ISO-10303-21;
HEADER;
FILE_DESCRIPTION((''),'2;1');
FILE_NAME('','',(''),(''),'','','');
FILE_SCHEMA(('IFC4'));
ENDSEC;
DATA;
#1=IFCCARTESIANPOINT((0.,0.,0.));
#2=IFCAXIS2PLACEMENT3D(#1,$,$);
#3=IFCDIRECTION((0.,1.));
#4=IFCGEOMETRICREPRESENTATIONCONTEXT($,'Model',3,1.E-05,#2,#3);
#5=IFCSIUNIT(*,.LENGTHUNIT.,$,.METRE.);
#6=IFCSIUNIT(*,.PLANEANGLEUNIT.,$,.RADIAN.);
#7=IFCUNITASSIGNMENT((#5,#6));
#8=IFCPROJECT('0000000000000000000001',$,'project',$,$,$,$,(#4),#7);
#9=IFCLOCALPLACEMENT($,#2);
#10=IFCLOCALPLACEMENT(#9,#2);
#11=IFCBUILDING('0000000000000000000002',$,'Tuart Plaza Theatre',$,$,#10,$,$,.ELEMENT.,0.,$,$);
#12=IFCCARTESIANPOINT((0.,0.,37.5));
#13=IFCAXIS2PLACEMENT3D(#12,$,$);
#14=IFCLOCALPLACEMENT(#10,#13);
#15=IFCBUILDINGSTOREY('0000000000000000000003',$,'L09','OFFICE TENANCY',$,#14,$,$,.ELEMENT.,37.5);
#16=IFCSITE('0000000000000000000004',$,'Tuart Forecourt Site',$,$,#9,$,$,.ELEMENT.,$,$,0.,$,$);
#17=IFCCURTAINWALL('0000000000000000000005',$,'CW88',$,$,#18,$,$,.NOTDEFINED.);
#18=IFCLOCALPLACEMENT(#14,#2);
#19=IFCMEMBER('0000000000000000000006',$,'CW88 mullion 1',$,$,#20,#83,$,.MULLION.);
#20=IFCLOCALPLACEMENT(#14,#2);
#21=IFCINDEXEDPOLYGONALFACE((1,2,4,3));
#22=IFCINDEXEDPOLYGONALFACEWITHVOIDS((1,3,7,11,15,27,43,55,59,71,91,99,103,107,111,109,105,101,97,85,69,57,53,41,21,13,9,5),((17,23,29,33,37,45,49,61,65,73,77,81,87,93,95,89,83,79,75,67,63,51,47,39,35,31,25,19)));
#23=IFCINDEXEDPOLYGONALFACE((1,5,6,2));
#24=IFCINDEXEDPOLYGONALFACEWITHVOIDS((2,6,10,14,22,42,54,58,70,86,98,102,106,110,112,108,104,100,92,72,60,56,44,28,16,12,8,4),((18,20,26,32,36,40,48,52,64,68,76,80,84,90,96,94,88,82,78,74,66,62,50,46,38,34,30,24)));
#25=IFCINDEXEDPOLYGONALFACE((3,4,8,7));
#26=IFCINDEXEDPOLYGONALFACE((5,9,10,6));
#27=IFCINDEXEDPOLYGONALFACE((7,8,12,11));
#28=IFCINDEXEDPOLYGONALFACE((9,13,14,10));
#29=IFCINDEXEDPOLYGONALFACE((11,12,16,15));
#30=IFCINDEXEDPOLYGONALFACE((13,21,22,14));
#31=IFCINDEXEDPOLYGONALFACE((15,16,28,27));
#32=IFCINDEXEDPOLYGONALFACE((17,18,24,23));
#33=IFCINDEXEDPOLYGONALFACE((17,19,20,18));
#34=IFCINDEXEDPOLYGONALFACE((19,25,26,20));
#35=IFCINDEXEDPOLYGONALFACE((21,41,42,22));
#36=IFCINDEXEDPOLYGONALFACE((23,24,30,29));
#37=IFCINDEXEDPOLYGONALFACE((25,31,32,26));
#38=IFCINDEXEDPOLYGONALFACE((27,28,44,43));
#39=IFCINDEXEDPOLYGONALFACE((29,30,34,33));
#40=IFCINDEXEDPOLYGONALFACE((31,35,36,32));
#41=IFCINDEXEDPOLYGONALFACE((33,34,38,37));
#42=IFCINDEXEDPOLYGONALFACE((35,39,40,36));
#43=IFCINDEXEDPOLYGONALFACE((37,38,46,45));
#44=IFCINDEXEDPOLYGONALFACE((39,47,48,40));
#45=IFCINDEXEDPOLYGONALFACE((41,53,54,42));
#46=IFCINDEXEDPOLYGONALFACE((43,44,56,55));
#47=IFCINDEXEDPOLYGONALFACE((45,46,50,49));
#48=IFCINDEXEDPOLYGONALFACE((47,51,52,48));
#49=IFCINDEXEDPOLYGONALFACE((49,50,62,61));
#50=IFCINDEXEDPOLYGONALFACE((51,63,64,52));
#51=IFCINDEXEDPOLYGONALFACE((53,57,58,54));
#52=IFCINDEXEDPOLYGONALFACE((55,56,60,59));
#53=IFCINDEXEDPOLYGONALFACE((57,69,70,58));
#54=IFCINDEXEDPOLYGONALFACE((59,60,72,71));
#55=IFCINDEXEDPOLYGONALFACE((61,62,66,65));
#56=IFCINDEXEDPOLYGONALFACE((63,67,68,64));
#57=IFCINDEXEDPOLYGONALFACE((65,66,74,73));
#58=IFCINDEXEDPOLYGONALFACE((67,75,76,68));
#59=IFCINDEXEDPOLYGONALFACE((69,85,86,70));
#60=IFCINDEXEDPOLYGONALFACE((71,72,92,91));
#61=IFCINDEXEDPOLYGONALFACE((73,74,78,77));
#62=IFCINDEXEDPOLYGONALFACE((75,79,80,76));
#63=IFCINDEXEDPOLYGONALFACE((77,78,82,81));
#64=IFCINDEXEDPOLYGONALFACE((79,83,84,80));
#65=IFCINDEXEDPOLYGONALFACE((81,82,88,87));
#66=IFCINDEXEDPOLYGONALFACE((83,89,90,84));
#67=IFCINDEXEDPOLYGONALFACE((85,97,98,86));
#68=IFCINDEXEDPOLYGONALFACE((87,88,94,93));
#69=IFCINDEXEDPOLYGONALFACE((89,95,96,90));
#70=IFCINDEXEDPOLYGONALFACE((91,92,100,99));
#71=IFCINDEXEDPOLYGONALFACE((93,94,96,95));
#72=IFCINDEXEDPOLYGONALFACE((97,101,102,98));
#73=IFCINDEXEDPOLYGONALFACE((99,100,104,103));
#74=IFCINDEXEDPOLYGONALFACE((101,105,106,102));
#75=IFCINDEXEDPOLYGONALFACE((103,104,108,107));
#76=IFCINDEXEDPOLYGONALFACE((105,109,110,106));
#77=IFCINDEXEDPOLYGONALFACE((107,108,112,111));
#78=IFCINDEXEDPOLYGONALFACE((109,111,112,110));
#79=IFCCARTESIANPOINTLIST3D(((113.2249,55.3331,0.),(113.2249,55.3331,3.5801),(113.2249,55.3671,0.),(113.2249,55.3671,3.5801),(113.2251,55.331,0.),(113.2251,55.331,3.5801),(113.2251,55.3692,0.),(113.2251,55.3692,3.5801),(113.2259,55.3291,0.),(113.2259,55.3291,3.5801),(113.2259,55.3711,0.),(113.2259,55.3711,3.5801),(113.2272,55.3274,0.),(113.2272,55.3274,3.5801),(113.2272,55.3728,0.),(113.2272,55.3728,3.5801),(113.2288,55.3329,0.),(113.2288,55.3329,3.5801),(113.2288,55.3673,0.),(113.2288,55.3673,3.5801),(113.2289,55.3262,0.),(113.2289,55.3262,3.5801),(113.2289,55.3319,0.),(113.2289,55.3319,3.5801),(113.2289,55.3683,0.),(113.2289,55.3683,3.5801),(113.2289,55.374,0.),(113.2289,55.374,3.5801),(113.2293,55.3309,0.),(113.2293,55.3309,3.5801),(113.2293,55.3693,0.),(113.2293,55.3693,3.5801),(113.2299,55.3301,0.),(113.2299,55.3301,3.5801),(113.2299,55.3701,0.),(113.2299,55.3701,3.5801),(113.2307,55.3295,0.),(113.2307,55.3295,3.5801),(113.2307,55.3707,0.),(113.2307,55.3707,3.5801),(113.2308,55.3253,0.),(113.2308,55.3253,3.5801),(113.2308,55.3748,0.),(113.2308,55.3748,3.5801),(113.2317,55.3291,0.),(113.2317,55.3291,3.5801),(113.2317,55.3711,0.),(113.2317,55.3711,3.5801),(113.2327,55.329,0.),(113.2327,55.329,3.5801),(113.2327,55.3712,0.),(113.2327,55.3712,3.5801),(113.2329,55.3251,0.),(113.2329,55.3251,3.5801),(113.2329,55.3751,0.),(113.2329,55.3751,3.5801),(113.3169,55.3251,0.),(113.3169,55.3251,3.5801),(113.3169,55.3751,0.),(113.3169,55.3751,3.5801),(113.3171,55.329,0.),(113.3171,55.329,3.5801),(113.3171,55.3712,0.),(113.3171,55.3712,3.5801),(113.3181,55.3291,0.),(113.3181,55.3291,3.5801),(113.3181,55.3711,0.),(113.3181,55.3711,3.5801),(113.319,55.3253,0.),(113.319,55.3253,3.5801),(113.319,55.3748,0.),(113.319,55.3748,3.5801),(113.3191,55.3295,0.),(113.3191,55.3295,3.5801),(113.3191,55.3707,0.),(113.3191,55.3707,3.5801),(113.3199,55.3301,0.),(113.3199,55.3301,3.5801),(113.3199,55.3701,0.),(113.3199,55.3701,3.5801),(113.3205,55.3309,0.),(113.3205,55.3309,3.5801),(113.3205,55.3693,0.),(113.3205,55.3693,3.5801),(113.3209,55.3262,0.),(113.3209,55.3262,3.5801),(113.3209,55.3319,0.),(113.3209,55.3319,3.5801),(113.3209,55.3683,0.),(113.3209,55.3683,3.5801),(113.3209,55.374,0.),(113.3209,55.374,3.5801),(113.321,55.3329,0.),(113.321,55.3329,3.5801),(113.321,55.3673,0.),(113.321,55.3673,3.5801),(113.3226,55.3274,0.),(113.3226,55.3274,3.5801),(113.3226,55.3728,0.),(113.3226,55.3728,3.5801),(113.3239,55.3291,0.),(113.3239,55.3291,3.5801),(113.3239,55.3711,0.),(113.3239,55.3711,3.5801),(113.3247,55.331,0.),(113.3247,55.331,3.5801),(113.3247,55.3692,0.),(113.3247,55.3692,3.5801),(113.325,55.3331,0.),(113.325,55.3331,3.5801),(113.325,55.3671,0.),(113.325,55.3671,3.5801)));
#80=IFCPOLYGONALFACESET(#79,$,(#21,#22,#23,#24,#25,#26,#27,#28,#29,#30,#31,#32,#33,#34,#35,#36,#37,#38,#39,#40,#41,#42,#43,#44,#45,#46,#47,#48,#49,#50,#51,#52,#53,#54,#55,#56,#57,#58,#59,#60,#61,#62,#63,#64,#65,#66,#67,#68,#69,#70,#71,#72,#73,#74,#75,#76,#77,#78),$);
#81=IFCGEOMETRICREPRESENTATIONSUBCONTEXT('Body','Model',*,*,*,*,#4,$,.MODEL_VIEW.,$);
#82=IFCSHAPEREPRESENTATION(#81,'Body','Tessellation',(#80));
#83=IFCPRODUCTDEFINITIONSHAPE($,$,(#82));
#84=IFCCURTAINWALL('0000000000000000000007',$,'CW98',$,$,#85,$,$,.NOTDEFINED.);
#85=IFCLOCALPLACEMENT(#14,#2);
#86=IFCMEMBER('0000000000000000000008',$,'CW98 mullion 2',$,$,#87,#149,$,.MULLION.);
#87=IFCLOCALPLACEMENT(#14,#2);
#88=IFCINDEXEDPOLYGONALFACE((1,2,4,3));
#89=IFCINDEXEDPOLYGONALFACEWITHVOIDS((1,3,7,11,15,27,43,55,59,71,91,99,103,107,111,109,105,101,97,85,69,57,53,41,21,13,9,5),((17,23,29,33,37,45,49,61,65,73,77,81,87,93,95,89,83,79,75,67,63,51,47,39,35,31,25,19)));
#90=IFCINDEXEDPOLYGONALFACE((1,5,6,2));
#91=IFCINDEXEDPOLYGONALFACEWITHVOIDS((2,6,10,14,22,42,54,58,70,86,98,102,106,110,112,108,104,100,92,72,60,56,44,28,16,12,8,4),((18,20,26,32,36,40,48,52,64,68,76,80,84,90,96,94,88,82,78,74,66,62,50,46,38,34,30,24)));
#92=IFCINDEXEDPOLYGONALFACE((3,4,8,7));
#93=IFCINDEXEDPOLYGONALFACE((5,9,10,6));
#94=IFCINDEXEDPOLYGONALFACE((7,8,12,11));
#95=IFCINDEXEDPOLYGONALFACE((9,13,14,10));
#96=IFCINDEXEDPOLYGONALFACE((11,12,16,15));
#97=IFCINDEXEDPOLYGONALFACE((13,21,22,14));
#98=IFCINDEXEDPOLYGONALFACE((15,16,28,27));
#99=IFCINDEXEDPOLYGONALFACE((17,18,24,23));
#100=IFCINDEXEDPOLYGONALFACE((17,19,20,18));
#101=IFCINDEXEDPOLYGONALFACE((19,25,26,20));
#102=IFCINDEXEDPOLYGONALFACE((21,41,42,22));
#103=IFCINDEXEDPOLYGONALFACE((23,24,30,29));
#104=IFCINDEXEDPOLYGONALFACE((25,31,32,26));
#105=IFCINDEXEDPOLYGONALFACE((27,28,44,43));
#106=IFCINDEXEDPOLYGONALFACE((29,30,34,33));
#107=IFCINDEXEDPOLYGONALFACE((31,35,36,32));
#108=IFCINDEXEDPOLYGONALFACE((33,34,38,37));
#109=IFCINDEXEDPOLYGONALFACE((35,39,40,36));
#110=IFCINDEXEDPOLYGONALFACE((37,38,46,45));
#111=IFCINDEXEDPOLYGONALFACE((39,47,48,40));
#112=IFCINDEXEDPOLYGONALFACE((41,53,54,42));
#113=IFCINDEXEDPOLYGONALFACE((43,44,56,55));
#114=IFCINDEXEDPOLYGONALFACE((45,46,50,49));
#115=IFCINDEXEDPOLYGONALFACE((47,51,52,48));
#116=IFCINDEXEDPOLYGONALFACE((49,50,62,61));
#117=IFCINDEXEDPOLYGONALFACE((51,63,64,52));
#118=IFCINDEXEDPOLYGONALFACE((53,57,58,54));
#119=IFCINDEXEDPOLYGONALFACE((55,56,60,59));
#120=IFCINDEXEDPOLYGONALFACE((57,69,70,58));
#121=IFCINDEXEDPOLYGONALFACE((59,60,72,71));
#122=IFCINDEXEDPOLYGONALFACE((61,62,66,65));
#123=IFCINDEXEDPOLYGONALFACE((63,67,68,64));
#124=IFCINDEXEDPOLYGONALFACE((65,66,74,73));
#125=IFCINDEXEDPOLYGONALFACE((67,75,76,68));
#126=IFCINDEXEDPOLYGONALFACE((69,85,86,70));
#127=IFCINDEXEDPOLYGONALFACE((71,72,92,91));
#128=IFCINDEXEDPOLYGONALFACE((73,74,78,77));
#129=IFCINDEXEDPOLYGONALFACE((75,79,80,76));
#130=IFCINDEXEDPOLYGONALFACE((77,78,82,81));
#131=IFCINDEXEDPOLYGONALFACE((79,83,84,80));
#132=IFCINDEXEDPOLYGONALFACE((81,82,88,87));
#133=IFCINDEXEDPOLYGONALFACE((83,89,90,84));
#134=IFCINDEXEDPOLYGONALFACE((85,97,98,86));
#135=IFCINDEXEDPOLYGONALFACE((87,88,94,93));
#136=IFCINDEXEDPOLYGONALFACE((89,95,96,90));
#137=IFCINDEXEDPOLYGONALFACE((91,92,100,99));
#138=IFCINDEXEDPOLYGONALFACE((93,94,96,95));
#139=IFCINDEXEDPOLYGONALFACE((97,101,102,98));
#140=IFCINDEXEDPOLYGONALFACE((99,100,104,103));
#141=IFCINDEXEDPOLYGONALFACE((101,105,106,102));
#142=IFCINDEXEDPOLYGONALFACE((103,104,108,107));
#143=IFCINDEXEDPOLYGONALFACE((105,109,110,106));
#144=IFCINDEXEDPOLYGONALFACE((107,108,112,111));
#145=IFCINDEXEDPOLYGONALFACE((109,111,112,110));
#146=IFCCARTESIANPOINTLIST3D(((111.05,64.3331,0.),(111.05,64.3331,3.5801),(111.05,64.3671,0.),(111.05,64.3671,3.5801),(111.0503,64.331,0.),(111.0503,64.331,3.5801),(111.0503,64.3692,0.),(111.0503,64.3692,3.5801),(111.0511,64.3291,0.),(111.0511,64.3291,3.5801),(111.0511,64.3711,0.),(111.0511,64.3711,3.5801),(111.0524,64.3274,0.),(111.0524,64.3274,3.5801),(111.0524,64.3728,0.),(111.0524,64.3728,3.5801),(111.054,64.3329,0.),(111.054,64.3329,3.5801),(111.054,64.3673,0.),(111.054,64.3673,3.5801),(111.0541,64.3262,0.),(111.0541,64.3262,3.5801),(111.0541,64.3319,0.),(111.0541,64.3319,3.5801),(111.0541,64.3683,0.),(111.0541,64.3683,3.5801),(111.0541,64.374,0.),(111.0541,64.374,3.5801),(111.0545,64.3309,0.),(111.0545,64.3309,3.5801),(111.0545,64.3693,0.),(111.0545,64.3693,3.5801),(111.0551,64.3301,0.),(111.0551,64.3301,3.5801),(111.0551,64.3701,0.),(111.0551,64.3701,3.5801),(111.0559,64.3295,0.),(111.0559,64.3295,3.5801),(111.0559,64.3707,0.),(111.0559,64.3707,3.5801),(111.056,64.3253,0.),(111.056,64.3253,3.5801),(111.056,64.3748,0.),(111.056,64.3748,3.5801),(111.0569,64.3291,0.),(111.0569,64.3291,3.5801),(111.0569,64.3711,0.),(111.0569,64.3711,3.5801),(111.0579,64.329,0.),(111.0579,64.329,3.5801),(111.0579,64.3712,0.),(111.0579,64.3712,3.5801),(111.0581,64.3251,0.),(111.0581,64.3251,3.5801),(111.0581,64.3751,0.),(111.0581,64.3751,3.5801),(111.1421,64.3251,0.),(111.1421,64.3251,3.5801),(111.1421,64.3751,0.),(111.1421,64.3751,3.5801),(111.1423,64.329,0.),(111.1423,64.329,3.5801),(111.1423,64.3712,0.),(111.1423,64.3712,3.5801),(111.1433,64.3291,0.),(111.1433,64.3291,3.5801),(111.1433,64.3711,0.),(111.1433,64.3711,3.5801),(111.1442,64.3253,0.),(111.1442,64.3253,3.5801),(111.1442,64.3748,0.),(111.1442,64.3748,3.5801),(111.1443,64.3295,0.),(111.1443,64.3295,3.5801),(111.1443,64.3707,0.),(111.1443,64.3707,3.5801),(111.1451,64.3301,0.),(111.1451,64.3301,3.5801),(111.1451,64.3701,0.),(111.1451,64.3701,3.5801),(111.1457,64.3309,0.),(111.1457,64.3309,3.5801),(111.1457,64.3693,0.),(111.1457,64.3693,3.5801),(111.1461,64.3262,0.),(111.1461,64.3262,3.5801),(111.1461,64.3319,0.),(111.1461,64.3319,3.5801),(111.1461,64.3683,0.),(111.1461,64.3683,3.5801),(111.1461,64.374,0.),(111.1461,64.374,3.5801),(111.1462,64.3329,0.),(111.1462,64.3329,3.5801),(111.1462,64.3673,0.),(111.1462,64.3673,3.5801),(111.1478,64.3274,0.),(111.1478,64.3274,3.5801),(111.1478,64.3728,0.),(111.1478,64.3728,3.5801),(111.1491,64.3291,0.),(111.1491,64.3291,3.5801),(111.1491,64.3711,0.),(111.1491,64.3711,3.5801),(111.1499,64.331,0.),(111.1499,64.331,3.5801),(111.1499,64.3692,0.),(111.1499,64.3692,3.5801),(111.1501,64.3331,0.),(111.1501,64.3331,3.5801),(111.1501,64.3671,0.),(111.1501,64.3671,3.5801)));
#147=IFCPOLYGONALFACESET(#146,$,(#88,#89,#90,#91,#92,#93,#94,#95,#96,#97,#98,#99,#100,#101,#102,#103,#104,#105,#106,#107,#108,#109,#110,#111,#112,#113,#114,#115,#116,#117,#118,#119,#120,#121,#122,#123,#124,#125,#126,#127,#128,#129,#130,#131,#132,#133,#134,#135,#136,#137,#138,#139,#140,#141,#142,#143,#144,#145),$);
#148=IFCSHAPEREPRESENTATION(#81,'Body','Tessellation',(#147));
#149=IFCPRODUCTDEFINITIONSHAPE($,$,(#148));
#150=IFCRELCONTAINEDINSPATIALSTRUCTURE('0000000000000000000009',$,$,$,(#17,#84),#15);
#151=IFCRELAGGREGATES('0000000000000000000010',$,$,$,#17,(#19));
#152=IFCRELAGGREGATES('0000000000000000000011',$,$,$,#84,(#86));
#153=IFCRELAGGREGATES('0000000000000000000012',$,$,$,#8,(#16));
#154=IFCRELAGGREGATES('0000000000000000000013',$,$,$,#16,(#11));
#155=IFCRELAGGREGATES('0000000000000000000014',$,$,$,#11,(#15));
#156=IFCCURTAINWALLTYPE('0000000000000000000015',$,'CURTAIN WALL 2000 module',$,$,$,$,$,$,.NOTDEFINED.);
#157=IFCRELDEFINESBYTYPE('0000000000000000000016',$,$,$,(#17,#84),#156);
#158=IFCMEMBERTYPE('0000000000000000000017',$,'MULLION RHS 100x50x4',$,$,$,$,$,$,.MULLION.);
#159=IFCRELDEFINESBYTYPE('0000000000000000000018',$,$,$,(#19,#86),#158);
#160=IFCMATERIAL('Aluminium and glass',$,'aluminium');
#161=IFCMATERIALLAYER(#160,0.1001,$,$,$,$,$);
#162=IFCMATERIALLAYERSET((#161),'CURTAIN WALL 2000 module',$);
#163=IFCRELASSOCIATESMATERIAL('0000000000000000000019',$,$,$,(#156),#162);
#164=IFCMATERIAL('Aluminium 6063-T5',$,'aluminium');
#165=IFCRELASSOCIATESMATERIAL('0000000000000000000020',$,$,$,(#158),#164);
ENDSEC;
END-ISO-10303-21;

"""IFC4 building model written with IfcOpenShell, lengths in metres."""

from ifc_helpers import new_model, si_unit, direction, frame, origin, origin_2d, place, context, subcontext, project, spatial, hollow_rectangle, extrude, material, layer, layer_set, material_profile, profile_set, type_object, element, aggregate, save


model = new_model("IFC4")

# Units and contexts
model_context = context("Model", 3, precision=1e-05, world=origin(), true_north=direction((0.0, 1.0)))
body_context = subcontext(model_context, "Body", "Model", "MODEL_VIEW")
ifc_project = project(units=[si_unit("LENGTHUNIT", "METRE"), si_unit("PLANEANGLEUNIT", "RADIAN")], contexts=[model_context])

# Site, building, storey
site_placement = place(None, origin())
site = spatial("IfcSite", under=ifc_project, at=site_placement, Name="Tuart Forecourt Site", CompositionType="ELEMENT", RefElevation=0.0)
building_placement = place(site_placement, origin())
building = spatial("IfcBuilding", under=site, at=building_placement, Name="Tuart Plaza Theatre", CompositionType="ELEMENT", ElevationOfRefHeight=0.0)
storey_placement = place(building_placement, frame((0.0, 0.0, 37.5)))
storey = spatial("IfcBuildingStorey", under=building, at=storey_placement, Name="L09", Description="OFFICE TENANCY", CompositionType="ELEMENT", Elevation=37.5)

# Curtain walls, members
ifc_material_1 = material(Name="Aluminium and glass", Category="aluminium")
ifc_layer_1 = layer(ifc_material_1, 0.1001)
ifc_layer_set_1 = layer_set([ifc_layer_1], Name="CURTAIN WALL 2000 module")
curtain_wall_type = type_object("IfcCurtainWallType", Name="CURTAIN WALL 2000 module", PredefinedType="NOTDEFINED", material=ifc_layer_set_1)
curtain_wall_1_placement = place(storey_placement, origin())
curtain_wall_1 = element("IfcCurtainWall", 1, at=curtain_wall_1_placement, inside=storey, type_object=curtain_wall_type, Name="CW88", PredefinedType="NOTDEFINED")
ifc_material_2 = material(Name="Aluminium 6063-T5", Category="aluminium")
ifc_material_profile_1 = material_profile(ifc_material_2, hollow_rectangle(XDim=0.05, YDim=0.1001, WallThickness=0.0039, InnerFilletRadius=0.0039, OuterFilletRadius=0.0081, at=origin_2d()), Name="RHS 100x50x4")
ifc_profile_set_1 = profile_set([ifc_material_profile_1], Name="Aluminium 6063-T5")
member_type_1 = type_object("IfcMemberType", Name="MULLION RHS 100x50x4", PredefinedType="MULLION", material=ifc_profile_set_1)
member_1_placement = place(storey_placement, frame((113.2749, 55.3501, 0.0), z_axis=(0.0, 0.0, 1.0), x_axis=(0.0, 1.0, 0.0)))
member_1 = element("IfcMember", 2, at=member_1_placement, type_object=member_type_1, Name="CW88 mullion 1", PredefinedType="MULLION", context=body_context, shape_type="SweptSolid", body=[
    extrude(hollow_rectangle(XDim=0.05, YDim=0.1001, WallThickness=0.0039, InnerFilletRadius=0.0039, OuterFilletRadius=0.0081, at=origin_2d()), origin(), (0.0, 0.0, 1.0), 3.5801),
])
curtain_wall_2_placement = place(storey_placement, origin())
curtain_wall_2 = element("IfcCurtainWall", 3, at=curtain_wall_2_placement, inside=storey, type_object=curtain_wall_type, Name="CW98", PredefinedType="NOTDEFINED")
member_2_placement = place(storey_placement, frame((111.1001, 64.3501, 0.0), z_axis=(0.0, 0.0, 1.0), x_axis=(0.0, 1.0, 0.0)))
member_2 = element("IfcMember", 4, at=member_2_placement, type_object=member_type_1, Name="CW98 mullion 2", PredefinedType="MULLION", context=body_context, shape_type="SweptSolid", body=[
    extrude(hollow_rectangle(XDim=0.05, YDim=0.1001, WallThickness=0.0039, InnerFilletRadius=0.0039, OuterFilletRadius=0.0081, at=origin_2d()), origin(), (0.0, 0.0, 1.0), 3.5801),
])

aggregate(curtain_wall_1, [member_1])

aggregate(curtain_wall_2, [member_2])

save(model, "model.ifc")
